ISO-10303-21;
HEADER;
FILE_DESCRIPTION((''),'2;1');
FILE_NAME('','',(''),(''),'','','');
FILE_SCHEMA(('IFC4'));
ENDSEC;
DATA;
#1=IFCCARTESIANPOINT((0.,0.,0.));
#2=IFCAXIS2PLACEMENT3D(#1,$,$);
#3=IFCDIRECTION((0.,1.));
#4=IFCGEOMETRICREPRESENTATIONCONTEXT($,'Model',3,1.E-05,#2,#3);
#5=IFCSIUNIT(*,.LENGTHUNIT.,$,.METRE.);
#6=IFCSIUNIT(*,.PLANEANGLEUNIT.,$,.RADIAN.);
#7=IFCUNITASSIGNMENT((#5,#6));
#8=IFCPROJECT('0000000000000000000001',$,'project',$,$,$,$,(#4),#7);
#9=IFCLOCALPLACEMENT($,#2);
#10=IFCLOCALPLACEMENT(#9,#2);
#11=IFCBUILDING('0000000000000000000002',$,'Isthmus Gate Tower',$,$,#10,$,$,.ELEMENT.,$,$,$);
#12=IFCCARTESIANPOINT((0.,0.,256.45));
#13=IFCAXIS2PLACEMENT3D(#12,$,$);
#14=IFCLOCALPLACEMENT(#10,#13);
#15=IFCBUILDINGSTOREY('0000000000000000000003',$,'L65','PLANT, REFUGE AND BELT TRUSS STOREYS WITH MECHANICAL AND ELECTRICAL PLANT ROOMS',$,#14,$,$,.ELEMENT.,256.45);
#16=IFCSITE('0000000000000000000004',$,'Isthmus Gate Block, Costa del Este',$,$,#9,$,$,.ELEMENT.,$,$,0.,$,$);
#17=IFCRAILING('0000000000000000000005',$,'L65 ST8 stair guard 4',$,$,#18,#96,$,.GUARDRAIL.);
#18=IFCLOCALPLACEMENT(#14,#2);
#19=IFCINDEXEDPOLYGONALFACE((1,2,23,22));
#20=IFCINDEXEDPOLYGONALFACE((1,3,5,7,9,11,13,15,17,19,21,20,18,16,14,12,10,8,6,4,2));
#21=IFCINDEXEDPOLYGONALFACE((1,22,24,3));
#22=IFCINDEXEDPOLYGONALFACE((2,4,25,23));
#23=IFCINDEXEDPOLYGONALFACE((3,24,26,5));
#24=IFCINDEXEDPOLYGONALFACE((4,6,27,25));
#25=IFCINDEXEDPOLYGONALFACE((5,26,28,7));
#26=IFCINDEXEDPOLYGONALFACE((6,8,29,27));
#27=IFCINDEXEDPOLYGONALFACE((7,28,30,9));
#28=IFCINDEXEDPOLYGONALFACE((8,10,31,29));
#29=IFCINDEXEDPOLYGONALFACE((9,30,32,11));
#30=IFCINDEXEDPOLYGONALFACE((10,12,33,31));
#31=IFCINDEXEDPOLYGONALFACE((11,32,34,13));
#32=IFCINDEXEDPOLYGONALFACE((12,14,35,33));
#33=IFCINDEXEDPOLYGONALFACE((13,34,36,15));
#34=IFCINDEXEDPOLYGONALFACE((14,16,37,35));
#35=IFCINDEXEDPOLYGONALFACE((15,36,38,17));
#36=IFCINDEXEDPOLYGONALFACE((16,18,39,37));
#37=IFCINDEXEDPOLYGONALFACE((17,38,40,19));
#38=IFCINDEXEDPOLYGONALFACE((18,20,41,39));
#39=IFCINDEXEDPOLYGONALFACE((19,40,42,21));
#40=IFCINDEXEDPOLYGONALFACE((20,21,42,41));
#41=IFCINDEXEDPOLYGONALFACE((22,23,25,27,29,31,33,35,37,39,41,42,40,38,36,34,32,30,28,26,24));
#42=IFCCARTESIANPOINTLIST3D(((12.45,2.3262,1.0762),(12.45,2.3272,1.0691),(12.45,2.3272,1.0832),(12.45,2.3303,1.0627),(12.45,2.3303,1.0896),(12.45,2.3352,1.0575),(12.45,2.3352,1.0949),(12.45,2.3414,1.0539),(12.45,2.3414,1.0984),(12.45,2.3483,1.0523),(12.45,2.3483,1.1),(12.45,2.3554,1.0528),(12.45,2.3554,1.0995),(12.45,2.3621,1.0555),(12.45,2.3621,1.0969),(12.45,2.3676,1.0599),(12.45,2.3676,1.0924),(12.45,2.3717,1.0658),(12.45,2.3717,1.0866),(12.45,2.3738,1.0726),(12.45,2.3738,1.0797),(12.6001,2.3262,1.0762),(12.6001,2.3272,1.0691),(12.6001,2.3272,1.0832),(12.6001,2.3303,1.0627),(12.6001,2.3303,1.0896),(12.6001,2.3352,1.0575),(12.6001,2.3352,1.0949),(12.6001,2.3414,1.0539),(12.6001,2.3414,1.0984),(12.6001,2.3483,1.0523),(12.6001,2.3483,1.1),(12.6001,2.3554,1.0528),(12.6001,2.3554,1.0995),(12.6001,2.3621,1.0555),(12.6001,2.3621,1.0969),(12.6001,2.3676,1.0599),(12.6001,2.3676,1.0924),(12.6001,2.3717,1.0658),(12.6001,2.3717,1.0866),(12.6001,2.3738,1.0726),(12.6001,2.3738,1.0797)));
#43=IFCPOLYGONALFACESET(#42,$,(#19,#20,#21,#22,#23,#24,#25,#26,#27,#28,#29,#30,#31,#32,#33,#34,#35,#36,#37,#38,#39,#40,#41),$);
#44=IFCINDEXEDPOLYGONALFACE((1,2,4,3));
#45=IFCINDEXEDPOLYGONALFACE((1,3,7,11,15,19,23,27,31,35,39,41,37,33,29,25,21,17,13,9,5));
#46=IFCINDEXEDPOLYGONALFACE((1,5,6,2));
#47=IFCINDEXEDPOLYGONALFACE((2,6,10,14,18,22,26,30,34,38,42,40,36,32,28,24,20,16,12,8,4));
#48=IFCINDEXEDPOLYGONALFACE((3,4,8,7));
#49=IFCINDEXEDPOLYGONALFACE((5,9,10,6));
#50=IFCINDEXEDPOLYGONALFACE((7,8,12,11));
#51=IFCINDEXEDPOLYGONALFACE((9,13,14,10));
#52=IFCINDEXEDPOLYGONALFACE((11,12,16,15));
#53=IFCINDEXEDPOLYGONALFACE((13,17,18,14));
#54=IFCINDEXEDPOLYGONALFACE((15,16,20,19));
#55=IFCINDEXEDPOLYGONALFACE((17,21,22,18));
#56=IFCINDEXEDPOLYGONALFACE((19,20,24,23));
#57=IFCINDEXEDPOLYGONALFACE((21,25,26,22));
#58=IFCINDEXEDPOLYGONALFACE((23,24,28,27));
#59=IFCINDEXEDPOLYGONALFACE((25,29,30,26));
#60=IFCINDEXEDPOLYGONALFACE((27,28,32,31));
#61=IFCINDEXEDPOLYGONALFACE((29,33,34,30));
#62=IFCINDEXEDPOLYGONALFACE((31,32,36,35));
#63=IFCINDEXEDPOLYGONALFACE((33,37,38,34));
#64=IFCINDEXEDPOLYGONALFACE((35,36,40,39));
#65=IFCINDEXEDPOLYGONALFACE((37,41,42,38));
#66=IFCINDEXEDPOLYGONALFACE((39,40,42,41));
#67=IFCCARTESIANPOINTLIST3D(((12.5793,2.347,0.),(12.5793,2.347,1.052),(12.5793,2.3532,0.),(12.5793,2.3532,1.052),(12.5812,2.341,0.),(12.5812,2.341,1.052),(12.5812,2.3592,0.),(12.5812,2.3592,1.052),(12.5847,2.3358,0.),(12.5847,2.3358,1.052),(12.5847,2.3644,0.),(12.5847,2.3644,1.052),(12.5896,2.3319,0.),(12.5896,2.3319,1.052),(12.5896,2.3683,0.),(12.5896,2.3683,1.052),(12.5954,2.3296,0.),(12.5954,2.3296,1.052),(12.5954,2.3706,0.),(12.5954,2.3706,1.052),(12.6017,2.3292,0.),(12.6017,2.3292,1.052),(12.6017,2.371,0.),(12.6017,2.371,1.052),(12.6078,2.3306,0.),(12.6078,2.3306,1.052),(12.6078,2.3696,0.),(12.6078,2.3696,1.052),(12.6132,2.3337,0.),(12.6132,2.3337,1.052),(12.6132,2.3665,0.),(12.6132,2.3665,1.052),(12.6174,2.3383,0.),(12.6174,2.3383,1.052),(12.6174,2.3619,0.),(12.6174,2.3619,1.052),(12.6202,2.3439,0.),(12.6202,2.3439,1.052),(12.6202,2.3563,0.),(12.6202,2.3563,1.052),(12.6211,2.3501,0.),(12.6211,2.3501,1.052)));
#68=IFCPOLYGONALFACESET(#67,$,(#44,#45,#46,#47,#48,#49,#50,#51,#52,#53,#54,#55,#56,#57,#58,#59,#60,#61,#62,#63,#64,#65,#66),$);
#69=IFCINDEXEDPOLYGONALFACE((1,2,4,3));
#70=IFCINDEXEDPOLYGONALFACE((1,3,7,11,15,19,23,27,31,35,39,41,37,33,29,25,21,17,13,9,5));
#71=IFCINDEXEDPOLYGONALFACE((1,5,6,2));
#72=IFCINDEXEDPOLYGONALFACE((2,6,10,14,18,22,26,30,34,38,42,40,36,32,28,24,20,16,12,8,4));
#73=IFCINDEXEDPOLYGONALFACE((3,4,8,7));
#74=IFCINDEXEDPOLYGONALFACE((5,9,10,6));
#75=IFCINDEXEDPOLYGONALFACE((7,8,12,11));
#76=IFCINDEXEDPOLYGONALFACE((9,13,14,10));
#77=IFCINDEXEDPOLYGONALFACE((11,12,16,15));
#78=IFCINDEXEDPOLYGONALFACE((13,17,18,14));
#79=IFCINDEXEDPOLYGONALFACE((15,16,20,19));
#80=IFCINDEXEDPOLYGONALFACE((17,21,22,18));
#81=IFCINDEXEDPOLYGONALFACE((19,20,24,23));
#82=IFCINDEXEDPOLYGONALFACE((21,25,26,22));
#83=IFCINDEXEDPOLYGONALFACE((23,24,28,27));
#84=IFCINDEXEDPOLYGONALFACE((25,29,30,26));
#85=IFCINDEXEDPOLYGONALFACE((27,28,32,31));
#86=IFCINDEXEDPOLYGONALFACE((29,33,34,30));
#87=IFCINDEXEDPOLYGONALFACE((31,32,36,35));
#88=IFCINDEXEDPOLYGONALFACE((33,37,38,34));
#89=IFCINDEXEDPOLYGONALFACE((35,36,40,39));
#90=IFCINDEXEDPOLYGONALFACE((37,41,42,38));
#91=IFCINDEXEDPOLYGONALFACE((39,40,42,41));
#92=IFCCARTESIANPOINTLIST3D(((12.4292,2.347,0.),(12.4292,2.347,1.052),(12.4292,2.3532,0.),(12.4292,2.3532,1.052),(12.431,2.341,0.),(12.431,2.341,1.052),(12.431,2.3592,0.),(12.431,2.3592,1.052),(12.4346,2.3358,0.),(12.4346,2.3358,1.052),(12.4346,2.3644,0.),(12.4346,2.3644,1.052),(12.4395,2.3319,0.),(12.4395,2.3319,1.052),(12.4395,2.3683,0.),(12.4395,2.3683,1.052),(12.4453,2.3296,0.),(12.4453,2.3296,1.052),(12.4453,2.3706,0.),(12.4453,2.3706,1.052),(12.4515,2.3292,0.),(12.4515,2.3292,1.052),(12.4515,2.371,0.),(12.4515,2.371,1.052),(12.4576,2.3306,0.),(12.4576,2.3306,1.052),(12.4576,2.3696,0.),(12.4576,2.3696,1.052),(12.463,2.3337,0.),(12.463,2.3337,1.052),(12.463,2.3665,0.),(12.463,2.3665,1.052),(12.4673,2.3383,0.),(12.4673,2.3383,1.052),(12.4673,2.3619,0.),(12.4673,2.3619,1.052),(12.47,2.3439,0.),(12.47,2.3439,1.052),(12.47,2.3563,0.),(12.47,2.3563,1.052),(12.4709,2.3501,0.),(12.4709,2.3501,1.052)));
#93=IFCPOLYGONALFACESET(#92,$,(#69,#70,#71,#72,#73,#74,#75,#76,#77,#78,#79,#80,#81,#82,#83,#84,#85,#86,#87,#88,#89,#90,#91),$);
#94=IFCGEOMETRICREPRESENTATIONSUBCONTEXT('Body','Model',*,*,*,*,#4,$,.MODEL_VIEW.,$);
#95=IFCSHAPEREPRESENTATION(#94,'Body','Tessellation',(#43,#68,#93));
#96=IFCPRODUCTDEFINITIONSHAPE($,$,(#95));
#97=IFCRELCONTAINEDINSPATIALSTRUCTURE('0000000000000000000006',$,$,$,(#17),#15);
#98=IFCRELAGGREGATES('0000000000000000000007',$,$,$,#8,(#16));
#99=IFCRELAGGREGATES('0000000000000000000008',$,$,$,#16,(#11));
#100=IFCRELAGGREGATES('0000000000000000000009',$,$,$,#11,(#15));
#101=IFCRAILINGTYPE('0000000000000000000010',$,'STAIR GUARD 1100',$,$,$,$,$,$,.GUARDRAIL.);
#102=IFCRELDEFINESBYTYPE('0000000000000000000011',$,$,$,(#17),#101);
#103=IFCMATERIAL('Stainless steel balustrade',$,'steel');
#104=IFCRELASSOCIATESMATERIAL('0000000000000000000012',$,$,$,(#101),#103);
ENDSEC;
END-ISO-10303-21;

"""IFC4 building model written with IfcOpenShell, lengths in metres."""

from ifc_helpers import new_model, si_unit, direction, frame, origin, origin_2d, place, context, subcontext, project, spatial, circle, extrude, material, type_object, element, save


model = new_model("IFC4")

# Units and contexts
model_context = context("Model", 3, precision=1e-05, world=origin(), true_north=direction((0.0, 1.0)))
body_context = subcontext(model_context, "Body", "Model", "MODEL_VIEW")
ifc_project = project(units=[si_unit("LENGTHUNIT", "METRE"), si_unit("PLANEANGLEUNIT", "RADIAN")], contexts=[model_context])

# Site, building, storey
site_placement = place(None, origin())
site = spatial("IfcSite", under=ifc_project, at=site_placement, Name="Isthmus Gate Block, Costa del Este", CompositionType="ELEMENT", RefElevation=0.0)
building_placement = place(site_placement, origin())
building = spatial("IfcBuilding", under=site, at=building_placement, Name="Isthmus Gate Tower", CompositionType="ELEMENT")
storey_placement = place(building_placement, frame((0.0, 0.0, 256.45)))
storey = spatial("IfcBuildingStorey", under=building, at=storey_placement, Name="L65", Description="PLANT, REFUGE AND BELT TRUSS STOREYS WITH MECHANICAL AND ELECTRICAL PLANT ROOMS", CompositionType="ELEMENT", Elevation=256.45)

# Railing
ifc_material_1 = material(Name="Stainless steel balustrade", Category="steel")
railing_type_1 = type_object("IfcRailingType", Name="STAIR GUARD 1100", PredefinedType="GUARDRAIL", material=ifc_material_1)
railing_1_placement = place(storey_placement, frame((12.6001, 2.3501, 0.0)))
element("IfcRailing", 1, at=railing_1_placement, inside=storey, type_object=railing_type_1, Name="L65 ST8 stair guard 4", PredefinedType="GUARDRAIL", context=body_context, shape_type="SweptSolid", body=[
    extrude(circle(Radius=0.0239, at=origin_2d()), frame((0.0, 0.0, 1.0762), z_axis=(-1.0, 0.0, 0.0), x_axis=(0.0, -1.0, 0.0)), (0.0, 0.0, 1.0), 0.1501),
    extrude(circle(Radius=0.021, at=origin_2d()), origin(), (0.0, 0.0, 1.0), 1.052),
    extrude(circle(Radius=0.021, at=origin_2d()), frame((-0.1501, 0.0, 0.0)), (0.0, 0.0, 1.0), 1.052),
])

save(model, "model.ifc")
